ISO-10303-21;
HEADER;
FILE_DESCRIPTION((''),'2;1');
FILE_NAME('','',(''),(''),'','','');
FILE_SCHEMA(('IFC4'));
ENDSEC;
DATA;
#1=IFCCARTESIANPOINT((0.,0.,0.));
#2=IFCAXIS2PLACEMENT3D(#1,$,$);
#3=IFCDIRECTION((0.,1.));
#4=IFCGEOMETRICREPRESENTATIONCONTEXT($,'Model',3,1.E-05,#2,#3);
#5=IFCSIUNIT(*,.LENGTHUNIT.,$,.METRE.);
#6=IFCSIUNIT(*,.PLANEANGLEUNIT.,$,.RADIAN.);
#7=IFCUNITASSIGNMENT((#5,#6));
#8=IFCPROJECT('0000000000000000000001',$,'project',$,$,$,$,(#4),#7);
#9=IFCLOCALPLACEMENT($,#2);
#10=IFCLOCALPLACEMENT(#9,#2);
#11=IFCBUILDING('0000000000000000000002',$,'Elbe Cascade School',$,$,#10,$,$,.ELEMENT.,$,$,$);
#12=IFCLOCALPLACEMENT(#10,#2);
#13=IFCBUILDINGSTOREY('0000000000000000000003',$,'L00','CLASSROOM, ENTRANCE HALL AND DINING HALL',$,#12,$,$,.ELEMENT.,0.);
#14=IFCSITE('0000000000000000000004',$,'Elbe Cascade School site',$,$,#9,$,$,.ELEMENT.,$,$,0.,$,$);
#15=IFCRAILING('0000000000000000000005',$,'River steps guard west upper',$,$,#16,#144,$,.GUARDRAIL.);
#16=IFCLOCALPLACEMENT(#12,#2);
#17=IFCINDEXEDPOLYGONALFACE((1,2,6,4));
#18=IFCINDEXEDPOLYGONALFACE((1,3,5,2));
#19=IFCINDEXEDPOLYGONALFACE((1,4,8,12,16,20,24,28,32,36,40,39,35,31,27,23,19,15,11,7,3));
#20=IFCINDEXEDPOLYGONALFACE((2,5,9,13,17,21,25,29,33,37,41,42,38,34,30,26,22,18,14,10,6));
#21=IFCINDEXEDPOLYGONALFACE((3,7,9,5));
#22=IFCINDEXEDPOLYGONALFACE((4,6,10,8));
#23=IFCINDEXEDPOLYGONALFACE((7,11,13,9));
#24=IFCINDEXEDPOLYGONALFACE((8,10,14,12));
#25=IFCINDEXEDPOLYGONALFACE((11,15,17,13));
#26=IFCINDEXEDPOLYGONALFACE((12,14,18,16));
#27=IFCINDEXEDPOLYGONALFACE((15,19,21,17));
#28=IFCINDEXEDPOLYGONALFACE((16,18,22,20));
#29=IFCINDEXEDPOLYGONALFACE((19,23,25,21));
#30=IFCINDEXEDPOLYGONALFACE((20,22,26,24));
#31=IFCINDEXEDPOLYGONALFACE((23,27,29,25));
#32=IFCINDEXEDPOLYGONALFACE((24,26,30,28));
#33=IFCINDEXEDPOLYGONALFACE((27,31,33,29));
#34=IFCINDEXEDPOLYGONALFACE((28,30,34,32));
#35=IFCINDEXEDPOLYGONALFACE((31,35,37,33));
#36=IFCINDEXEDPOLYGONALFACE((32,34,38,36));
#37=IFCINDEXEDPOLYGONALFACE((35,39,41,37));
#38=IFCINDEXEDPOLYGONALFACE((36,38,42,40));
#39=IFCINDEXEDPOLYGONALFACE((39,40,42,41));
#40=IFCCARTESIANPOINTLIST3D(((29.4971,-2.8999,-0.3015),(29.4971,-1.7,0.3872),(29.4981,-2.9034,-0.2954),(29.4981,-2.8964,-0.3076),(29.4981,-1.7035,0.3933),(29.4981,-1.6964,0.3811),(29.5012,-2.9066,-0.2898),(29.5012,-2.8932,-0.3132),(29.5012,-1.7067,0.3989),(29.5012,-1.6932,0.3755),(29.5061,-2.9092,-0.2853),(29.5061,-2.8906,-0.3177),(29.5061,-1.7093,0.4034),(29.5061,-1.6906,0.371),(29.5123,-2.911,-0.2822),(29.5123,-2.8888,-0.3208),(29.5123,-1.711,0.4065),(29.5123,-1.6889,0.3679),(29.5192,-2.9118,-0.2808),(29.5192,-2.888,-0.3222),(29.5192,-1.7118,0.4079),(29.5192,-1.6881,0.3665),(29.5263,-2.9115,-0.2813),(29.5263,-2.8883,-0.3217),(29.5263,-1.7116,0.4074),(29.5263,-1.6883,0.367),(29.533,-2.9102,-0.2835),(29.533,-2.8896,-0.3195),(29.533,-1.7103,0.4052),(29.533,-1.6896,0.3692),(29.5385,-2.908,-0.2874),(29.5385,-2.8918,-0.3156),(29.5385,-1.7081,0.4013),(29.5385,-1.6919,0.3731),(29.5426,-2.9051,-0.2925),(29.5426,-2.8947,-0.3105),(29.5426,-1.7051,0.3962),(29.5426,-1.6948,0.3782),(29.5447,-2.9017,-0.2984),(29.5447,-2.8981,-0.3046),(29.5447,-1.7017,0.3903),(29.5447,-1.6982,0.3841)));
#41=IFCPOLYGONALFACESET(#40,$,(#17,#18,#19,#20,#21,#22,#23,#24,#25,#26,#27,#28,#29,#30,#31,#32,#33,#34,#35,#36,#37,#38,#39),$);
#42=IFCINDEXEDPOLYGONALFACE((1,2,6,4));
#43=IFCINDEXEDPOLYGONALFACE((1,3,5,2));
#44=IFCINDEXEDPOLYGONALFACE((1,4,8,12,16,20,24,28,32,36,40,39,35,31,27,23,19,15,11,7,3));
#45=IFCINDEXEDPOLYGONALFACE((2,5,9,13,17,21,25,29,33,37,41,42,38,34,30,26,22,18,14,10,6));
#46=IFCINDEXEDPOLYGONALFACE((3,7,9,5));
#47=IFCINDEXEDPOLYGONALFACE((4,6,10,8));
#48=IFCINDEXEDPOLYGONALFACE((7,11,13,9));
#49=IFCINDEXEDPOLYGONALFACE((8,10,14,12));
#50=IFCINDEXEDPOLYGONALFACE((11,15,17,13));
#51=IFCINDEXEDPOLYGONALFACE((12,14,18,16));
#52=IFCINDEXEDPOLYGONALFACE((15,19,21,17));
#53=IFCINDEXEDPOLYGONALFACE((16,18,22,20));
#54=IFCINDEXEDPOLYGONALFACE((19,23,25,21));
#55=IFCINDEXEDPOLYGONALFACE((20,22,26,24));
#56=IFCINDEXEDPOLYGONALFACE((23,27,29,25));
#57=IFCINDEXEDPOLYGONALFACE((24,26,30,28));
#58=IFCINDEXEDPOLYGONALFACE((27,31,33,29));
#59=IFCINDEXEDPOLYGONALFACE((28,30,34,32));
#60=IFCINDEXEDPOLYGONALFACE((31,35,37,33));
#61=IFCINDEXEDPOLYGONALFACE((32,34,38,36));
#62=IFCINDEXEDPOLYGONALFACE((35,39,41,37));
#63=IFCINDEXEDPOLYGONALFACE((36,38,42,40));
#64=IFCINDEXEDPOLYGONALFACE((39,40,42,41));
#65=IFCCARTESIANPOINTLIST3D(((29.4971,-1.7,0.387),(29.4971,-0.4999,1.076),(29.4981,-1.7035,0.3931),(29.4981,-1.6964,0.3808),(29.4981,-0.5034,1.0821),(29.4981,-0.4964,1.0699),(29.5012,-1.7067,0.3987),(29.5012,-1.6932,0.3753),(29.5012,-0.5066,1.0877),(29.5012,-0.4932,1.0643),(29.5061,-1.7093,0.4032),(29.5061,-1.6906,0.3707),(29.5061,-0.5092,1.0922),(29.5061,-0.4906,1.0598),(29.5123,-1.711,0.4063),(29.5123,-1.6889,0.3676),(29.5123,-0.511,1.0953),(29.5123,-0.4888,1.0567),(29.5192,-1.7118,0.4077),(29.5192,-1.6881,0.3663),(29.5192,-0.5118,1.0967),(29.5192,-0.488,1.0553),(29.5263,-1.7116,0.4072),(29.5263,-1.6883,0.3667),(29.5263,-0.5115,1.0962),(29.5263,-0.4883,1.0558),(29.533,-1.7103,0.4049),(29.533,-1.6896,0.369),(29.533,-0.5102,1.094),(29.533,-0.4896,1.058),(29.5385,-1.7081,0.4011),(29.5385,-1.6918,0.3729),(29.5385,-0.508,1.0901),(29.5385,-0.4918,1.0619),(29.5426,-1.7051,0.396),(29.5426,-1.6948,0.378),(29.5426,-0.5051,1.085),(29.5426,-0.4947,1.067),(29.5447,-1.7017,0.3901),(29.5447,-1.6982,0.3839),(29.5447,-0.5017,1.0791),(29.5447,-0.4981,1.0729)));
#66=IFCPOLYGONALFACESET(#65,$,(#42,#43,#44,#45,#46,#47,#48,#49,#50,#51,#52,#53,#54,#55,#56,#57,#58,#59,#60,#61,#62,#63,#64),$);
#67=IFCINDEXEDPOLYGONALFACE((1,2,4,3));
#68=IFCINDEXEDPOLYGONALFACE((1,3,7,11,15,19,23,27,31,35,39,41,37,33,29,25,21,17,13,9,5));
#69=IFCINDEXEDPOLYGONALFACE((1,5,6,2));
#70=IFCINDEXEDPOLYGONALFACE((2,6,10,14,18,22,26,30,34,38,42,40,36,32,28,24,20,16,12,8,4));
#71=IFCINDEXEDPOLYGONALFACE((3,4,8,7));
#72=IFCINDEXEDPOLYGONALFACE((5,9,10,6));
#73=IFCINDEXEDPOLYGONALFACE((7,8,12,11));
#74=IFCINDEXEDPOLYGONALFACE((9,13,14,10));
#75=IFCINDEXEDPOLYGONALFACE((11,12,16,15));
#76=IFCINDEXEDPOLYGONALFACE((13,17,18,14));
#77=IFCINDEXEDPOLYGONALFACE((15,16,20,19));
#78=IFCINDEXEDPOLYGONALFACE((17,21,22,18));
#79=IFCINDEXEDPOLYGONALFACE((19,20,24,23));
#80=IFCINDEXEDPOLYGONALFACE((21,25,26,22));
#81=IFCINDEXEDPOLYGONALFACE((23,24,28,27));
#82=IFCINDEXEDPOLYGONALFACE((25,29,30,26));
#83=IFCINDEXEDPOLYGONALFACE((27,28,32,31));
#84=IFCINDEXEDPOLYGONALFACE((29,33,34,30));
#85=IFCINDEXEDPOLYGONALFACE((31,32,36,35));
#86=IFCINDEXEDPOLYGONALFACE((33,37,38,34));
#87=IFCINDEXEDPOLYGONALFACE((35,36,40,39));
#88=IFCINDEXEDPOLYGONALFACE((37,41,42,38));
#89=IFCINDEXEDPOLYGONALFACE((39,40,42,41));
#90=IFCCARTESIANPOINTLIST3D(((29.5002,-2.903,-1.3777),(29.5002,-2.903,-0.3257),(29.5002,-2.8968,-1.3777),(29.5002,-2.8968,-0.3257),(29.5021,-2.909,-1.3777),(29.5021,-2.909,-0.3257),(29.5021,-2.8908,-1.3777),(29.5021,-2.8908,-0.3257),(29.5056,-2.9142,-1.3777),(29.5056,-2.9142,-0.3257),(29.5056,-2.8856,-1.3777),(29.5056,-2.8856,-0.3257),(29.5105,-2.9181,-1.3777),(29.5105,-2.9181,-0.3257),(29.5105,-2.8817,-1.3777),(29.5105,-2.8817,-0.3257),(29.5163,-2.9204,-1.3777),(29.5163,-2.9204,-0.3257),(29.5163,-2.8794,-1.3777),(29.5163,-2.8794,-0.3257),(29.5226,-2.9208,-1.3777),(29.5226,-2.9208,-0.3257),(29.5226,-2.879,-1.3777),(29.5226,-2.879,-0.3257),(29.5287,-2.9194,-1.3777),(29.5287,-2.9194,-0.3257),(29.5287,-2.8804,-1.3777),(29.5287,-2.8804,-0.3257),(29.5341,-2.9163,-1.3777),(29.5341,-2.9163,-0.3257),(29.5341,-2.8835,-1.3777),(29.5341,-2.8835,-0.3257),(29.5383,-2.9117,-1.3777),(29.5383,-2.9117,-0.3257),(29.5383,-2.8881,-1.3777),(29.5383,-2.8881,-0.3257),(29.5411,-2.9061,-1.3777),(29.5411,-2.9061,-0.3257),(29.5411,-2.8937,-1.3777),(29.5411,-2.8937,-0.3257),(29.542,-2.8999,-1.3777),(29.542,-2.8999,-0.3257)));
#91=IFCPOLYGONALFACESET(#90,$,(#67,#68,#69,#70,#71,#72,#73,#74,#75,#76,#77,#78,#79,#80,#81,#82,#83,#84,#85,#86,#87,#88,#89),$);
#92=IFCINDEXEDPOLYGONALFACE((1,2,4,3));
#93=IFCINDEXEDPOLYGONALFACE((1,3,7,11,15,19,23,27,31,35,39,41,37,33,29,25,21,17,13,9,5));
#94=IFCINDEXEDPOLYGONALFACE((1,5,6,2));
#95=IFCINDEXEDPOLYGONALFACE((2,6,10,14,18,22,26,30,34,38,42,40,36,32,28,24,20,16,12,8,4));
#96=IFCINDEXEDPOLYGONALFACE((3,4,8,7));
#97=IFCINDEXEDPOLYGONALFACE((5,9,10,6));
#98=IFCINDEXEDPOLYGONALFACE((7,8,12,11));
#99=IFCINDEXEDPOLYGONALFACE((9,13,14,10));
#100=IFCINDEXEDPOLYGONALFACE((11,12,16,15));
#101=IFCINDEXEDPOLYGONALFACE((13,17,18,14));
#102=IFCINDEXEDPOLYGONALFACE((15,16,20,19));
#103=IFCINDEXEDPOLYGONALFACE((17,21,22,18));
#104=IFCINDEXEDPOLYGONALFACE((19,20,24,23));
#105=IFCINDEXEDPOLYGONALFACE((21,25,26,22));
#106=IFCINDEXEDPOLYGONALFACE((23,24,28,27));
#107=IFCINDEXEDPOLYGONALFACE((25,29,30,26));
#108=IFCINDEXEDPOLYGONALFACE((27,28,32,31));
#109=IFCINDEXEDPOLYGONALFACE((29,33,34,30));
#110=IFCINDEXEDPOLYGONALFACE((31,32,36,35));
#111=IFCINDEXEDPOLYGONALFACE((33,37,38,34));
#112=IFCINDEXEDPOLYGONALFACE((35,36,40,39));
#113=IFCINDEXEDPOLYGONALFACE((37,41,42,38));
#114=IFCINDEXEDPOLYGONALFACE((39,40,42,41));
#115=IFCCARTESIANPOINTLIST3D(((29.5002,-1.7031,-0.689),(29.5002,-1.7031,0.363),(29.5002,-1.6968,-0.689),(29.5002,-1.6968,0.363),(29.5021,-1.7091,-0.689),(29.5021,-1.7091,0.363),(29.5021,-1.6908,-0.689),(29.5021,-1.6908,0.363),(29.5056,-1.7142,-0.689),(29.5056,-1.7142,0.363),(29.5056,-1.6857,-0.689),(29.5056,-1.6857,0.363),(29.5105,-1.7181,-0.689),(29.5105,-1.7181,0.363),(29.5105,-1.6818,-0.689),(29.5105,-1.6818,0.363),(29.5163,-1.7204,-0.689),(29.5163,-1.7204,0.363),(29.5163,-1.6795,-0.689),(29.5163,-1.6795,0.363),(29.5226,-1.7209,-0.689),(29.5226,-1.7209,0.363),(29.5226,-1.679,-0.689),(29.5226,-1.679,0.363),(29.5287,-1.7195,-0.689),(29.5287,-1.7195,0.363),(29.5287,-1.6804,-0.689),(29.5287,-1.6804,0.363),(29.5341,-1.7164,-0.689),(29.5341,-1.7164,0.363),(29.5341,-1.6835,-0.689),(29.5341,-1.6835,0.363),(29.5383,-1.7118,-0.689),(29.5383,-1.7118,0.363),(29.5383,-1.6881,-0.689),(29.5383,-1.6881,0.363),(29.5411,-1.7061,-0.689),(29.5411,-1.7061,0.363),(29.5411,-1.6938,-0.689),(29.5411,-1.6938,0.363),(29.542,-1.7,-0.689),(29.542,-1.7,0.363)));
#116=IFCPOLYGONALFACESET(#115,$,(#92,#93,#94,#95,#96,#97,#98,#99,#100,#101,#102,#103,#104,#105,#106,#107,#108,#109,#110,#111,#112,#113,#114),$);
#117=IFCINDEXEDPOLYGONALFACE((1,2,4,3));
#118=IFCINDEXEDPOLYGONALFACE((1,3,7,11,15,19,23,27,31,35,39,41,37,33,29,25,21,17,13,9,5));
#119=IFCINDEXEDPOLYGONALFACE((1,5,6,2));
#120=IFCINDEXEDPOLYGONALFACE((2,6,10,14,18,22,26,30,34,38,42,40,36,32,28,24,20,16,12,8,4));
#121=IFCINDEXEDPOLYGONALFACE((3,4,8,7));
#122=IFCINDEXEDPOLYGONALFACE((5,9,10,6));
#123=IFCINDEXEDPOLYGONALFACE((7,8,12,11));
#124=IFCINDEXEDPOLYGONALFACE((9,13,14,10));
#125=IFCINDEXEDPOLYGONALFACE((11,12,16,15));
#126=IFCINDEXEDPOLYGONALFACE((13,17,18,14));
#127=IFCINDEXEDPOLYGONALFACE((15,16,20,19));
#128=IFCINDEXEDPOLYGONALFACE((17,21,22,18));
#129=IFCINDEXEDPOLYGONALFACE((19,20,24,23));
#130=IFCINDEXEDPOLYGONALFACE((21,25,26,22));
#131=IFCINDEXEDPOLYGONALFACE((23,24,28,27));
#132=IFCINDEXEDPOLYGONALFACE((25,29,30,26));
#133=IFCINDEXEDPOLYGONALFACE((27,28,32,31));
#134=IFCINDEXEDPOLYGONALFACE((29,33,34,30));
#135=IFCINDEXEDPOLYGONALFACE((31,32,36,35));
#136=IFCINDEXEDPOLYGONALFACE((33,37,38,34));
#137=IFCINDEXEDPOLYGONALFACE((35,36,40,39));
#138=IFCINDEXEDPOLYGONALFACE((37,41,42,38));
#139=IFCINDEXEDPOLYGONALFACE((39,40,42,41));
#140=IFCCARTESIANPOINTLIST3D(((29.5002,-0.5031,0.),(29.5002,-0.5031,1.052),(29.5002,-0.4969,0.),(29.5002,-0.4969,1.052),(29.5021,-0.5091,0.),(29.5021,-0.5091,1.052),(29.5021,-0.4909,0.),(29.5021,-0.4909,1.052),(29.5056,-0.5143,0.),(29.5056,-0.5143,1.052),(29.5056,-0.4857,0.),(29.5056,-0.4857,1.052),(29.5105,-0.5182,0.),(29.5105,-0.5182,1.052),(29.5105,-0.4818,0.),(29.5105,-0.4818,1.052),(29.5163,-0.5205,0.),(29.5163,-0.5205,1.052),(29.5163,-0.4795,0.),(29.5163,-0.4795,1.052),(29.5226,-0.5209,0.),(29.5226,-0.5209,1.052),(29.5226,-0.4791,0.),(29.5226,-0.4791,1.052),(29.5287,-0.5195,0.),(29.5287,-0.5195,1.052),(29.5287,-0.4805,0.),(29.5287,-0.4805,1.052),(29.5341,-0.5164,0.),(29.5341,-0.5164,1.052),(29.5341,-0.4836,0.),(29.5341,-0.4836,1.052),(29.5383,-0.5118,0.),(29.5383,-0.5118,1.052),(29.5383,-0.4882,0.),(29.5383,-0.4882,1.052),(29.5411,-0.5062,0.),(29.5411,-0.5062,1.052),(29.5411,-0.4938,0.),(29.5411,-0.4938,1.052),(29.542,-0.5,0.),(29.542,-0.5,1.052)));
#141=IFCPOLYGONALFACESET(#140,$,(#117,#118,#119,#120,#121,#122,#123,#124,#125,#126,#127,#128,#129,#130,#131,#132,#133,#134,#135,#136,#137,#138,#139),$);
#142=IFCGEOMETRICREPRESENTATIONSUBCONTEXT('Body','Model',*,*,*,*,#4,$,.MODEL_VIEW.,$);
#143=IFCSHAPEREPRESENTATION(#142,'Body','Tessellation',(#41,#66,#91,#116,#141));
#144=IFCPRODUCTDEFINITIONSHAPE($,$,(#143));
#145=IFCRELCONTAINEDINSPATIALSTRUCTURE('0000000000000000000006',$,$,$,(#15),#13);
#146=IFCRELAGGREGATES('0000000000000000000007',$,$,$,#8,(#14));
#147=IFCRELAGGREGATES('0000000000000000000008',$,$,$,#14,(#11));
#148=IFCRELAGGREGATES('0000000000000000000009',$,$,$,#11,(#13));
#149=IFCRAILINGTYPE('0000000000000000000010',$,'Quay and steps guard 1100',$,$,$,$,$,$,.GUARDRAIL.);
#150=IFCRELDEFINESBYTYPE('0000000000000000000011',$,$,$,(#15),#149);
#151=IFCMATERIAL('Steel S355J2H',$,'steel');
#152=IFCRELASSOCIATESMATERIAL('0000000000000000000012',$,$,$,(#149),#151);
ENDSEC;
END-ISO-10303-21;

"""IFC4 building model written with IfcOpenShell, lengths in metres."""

from ifc_helpers import new_model, si_unit, direction, frame, origin, origin_2d, place, context, subcontext, project, spatial, circle, extrude, material, type_object, element, save


model = new_model("IFC4")

# Units and contexts
model_context = context("Model", 3, precision=1e-05, world=origin(), true_north=direction((0.0, 1.0)))
body_context = subcontext(model_context, "Body", "Model", "MODEL_VIEW")
ifc_project = project(units=[si_unit("LENGTHUNIT", "METRE"), si_unit("PLANEANGLEUNIT", "RADIAN")], contexts=[model_context])

# Site, building, storey
site_placement = place(None, origin())
site = spatial("IfcSite", under=ifc_project, at=site_placement, Name="Elbe Cascade School site", CompositionType="ELEMENT", RefElevation=0.0)
building_placement = place(site_placement, origin())
building = spatial("IfcBuilding", under=site, at=building_placement, Name="Elbe Cascade School", CompositionType="ELEMENT")
storey_placement = place(building_placement, origin())
storey = spatial("IfcBuildingStorey", under=building, at=storey_placement, Name="L00", Description="CLASSROOM, ENTRANCE HALL AND DINING HALL", CompositionType="ELEMENT", Elevation=0.0)

# Railing
ifc_material_1 = material(Name="Steel S355J2H", Category="steel")
railing_type_1 = type_object("IfcRailingType", Name="Quay and steps guard 1100", PredefinedType="GUARDRAIL", material=ifc_material_1)
railing_1_placement = place(storey_placement, frame((29.521, -2.8999, -1.3777)))
element("IfcRailing", 1, at=railing_1_placement, inside=storey, type_object=railing_type_1, Name="River steps guard west upper", PredefinedType="GUARDRAIL", context=body_context, shape_type="SweptSolid", body=[
    extrude(circle(Radius=0.0239, at=origin_2d()), frame((0.0, 0.0, 1.0762), z_axis=(0.0, 0.867297, 0.497791), x_axis=(-1.0, 0.0, 0.0)), (0.0, 0.0, 1.0), 1.3835),
    extrude(circle(Radius=0.0239, at=origin_2d()), frame((0.0, 1.2, 1.7646), z_axis=(0.0, 0.867221, 0.497924), x_axis=(-1.0, 0.0, 0.0)), (0.0, 0.0, 1.0), 1.3838),
    extrude(circle(Radius=0.021, at=origin_2d()), origin(), (0.0, 0.0, 1.0), 1.052),
    extrude(circle(Radius=0.021, at=origin_2d()), frame((0.0, 1.2, 0.6887)), (0.0, 0.0, 1.0), 1.052),
    extrude(circle(Radius=0.021, at=origin_2d()), frame((0.0, 2.3999, 1.3777)), (0.0, 0.0, 1.0), 1.052),
])

save(model, "model.ifc")
